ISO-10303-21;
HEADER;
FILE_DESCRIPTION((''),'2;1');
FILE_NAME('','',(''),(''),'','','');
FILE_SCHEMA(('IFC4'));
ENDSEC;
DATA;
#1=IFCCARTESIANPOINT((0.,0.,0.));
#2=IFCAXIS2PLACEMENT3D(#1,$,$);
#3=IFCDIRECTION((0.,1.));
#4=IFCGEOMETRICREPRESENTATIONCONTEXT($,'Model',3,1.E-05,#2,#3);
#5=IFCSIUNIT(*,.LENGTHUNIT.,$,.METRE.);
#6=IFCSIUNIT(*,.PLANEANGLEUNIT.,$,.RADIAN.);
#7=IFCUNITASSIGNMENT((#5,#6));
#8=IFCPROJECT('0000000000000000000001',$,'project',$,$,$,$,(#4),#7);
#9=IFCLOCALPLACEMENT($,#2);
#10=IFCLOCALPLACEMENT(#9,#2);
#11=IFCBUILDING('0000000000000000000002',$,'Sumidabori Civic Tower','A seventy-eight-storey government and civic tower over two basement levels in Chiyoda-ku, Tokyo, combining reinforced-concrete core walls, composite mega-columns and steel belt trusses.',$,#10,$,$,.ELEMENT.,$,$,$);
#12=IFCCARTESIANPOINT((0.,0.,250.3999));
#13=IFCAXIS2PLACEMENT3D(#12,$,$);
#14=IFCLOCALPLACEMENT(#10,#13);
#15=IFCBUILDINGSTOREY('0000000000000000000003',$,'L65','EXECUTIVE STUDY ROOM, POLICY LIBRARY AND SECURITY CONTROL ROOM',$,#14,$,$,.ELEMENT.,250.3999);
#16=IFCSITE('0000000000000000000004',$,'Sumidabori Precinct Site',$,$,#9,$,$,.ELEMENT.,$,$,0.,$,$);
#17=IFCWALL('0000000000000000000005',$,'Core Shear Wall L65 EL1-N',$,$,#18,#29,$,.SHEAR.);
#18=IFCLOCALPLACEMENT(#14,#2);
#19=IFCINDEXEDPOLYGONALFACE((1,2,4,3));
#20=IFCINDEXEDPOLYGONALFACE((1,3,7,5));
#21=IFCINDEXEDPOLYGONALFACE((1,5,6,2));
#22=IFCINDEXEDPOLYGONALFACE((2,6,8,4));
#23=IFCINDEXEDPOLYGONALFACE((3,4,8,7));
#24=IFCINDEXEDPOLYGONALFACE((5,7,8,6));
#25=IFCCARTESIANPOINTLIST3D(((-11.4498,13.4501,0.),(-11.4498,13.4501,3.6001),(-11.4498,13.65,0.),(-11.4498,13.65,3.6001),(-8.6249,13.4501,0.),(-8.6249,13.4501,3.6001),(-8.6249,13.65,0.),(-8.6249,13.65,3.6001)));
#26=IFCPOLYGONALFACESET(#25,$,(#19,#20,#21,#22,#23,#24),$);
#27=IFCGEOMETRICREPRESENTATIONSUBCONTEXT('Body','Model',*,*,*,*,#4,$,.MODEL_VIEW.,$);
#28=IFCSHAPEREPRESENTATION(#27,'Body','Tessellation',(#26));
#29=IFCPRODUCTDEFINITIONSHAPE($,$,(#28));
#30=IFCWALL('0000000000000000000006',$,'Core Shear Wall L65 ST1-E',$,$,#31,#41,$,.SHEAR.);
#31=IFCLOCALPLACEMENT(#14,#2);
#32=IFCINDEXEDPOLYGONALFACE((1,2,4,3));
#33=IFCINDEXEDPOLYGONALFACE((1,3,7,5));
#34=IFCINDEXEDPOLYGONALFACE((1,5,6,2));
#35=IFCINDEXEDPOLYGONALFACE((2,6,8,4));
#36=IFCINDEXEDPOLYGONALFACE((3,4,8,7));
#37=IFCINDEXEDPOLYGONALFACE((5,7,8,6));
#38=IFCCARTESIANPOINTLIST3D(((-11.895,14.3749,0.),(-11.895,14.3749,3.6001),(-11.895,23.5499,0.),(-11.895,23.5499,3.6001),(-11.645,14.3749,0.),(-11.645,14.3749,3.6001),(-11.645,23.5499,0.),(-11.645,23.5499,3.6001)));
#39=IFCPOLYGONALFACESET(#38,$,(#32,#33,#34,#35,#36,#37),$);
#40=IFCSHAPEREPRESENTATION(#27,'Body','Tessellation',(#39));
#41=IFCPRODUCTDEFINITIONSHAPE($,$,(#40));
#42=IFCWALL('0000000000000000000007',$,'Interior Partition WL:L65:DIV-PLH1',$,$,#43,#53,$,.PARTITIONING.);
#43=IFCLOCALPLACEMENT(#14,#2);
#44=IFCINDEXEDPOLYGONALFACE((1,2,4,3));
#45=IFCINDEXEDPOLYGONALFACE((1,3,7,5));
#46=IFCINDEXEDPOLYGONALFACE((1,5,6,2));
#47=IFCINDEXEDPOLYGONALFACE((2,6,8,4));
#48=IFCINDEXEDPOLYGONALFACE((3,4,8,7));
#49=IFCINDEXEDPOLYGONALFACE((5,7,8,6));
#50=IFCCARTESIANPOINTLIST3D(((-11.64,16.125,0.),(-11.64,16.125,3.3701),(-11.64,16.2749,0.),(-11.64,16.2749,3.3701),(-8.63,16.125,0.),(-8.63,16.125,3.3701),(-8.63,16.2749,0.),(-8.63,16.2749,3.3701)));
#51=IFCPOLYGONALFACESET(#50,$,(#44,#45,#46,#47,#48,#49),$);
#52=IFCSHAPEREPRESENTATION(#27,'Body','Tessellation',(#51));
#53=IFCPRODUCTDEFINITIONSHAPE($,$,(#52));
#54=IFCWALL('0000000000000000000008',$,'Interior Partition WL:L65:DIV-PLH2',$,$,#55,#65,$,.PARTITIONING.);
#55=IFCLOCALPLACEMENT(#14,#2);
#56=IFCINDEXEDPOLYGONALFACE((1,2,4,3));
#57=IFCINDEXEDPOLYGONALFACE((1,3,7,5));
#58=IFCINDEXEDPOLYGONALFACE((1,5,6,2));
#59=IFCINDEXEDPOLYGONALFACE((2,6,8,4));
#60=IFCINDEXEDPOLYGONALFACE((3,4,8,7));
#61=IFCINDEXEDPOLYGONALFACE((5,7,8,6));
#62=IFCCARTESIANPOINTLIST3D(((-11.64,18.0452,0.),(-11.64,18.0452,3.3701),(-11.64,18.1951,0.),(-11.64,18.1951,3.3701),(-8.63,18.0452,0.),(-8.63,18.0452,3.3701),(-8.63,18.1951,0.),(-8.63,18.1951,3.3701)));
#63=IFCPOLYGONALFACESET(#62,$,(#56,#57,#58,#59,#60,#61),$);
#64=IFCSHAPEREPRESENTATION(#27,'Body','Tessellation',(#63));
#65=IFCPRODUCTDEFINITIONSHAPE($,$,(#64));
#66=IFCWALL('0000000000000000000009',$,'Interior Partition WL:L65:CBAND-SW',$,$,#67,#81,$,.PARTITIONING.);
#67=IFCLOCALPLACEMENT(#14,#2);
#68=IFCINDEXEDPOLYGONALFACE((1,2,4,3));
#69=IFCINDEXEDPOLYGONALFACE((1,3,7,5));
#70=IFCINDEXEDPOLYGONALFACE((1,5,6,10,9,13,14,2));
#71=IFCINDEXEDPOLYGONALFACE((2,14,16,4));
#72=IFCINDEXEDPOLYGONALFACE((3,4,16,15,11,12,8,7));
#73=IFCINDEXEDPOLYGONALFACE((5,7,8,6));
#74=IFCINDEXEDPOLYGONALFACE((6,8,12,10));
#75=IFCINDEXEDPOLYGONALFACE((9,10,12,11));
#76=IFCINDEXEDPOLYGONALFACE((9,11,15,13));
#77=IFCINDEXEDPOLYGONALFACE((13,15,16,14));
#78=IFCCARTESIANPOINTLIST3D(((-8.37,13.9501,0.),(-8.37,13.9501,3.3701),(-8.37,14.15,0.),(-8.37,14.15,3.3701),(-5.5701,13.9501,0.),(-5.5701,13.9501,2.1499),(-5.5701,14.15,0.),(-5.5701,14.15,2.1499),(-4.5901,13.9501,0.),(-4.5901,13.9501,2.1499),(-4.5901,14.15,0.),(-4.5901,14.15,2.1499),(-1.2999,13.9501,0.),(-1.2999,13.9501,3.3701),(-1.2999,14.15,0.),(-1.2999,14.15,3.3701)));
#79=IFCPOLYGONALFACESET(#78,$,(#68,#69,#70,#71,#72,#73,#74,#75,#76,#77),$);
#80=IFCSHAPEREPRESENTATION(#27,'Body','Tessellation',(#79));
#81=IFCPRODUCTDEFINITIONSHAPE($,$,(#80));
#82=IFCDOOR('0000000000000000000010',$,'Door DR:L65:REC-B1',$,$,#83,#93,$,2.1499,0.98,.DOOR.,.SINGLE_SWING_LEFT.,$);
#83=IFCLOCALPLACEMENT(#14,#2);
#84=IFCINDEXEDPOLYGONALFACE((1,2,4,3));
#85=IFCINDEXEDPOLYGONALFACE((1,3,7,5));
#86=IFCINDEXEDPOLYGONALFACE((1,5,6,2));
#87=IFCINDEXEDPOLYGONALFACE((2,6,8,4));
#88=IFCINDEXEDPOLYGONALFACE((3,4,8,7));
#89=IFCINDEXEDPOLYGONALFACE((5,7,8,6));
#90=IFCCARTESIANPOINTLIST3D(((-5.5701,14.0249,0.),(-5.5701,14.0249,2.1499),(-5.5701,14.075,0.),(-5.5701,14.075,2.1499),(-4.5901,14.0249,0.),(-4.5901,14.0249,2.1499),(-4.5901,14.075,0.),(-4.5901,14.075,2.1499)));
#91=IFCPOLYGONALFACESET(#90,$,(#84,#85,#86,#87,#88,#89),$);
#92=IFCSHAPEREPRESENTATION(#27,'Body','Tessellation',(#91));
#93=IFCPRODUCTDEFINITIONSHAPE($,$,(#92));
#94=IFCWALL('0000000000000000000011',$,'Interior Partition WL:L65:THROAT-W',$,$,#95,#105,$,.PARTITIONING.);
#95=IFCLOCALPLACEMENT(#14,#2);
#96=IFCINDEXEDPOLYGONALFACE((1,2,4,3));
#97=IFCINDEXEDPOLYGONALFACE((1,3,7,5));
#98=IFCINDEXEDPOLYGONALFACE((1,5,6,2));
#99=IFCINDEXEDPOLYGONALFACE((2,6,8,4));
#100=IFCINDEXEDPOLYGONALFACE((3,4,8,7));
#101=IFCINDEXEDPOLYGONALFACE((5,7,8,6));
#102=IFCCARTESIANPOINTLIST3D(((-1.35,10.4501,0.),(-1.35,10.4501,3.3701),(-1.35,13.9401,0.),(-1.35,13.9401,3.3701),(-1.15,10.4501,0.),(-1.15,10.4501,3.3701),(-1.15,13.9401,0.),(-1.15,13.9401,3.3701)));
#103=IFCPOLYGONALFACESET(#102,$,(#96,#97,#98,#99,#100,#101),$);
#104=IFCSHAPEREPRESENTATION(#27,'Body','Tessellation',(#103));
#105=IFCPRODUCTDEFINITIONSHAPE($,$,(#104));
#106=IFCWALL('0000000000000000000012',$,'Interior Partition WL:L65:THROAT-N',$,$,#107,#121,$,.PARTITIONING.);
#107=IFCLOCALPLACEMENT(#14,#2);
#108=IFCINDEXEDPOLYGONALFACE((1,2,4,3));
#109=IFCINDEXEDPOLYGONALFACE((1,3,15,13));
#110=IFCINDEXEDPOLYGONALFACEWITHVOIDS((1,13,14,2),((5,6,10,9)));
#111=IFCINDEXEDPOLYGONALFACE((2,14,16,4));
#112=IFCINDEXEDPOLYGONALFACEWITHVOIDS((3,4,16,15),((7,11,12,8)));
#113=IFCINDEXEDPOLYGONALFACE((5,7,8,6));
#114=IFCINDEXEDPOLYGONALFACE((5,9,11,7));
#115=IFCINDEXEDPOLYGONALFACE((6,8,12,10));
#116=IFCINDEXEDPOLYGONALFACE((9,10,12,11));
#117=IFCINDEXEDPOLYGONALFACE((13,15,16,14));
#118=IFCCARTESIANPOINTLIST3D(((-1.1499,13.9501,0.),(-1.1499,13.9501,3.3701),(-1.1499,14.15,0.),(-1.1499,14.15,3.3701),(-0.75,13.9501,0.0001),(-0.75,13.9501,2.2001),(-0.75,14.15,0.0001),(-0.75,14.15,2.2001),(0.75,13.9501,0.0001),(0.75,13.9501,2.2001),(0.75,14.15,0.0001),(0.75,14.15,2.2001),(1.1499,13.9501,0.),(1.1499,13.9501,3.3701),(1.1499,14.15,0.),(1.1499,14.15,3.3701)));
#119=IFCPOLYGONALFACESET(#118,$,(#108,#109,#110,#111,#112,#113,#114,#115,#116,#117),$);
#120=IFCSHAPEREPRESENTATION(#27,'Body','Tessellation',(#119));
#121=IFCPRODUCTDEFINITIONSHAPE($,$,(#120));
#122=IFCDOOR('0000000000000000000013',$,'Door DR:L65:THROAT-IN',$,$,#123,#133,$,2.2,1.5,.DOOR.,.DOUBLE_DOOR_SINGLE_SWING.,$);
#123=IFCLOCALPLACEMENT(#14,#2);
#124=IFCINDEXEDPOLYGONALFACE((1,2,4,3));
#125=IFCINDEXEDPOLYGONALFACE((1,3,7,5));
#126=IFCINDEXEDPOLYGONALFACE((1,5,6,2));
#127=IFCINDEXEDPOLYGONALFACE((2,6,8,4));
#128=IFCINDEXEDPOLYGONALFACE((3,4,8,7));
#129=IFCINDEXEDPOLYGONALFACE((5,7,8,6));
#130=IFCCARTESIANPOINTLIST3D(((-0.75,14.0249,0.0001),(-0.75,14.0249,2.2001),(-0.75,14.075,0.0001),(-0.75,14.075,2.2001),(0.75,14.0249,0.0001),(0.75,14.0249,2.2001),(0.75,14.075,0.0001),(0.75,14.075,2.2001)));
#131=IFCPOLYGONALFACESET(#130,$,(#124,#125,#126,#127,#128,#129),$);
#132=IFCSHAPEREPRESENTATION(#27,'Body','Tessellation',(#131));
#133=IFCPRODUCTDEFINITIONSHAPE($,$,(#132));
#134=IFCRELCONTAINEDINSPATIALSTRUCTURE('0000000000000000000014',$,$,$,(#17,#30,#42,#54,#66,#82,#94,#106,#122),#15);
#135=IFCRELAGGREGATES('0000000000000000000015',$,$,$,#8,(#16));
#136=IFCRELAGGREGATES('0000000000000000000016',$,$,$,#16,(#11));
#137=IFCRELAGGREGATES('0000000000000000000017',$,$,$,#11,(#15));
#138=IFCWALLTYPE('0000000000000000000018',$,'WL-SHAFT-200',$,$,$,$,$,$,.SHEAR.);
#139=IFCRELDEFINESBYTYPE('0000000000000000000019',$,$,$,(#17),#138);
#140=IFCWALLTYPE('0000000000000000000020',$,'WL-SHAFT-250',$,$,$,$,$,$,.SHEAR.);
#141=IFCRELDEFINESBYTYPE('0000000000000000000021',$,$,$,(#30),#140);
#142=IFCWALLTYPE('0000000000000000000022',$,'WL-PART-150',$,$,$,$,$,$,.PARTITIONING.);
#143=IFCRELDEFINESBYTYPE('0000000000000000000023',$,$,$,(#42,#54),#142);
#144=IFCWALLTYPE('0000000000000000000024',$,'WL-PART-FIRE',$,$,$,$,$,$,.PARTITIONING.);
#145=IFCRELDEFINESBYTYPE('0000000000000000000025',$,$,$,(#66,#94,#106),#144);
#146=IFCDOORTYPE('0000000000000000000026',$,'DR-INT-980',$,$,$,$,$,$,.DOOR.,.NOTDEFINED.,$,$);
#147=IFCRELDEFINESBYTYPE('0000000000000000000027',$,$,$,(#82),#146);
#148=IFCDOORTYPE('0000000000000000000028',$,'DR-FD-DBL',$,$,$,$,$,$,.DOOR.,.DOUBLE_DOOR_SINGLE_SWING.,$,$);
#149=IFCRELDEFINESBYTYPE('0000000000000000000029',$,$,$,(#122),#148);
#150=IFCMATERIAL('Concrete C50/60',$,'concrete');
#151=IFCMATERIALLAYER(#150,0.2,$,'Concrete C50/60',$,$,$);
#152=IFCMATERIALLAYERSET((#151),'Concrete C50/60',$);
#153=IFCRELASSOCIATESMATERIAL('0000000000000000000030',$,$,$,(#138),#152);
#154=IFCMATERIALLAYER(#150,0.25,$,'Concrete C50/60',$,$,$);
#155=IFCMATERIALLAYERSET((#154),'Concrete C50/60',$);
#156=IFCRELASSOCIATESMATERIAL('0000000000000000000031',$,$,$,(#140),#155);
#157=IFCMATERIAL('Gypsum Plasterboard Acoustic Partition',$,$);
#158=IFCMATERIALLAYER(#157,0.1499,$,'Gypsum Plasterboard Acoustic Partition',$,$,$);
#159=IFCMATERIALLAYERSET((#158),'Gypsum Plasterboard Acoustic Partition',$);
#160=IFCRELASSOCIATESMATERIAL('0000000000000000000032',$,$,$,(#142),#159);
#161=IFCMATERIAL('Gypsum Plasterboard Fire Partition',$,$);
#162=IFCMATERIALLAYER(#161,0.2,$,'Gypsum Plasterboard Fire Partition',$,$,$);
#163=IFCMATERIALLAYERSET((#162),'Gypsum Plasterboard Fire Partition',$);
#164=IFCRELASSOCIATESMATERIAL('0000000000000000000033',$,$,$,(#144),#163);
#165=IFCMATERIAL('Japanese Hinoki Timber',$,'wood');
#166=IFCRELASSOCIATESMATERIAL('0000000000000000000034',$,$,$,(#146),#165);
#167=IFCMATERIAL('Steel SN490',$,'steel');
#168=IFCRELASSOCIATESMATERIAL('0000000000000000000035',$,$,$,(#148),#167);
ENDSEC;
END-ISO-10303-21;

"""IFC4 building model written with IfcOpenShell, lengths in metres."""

from ifc_helpers import new_model, si_unit, direction, frame, frame_2d, origin, place, context, subcontext, project, spatial, rectangle, extrude, source, transform, mapped, material, layer, layer_set, type_object, element, fill, save


model = new_model("IFC4")

# Units and contexts
model_context = context("Model", 3, precision=1e-05, world=origin(), true_north=direction((0.0, 1.0)))
body_context = subcontext(model_context, "Body", "Model", "MODEL_VIEW")
ifc_project = project(units=[si_unit("LENGTHUNIT", "METRE"), si_unit("PLANEANGLEUNIT", "RADIAN")], contexts=[model_context])

# Site, building, storey
site_placement = place(None, origin())
site = spatial("IfcSite", under=ifc_project, at=site_placement, Name="Sumidabori Precinct Site", CompositionType="ELEMENT", RefElevation=0.0)
building_placement = place(site_placement, origin())
building = spatial("IfcBuilding", under=site, at=building_placement, Name="Sumidabori Civic Tower", Description="A seventy-eight-storey government and civic tower over two basement levels in Chiyoda-ku, Tokyo, combining reinforced-concrete core walls, composite mega-columns and steel belt trusses.", CompositionType="ELEMENT")
storey_placement = place(building_placement, frame((0.0, 0.0, 250.3999)))
storey = spatial("IfcBuildingStorey", under=building, at=storey_placement, Name="L65", Description="EXECUTIVE STUDY ROOM, POLICY LIBRARY AND SECURITY CONTROL ROOM", CompositionType="ELEMENT", Elevation=250.3999)

# Wall
ifc_material_1 = material(Name="Concrete C50/60", Category="concrete")
ifc_layer_1 = layer(ifc_material_1, 0.2, Name="Concrete C50/60")
ifc_layer_set_1 = layer_set([ifc_layer_1], Name="Concrete C50/60")
wall_type_1 = type_object("IfcWallType", Name="WL-SHAFT-200", PredefinedType="SHEAR", material=ifc_layer_set_1)
shared_shape_1 = source(origin(), body_context, "Body", "SweptSolid", [
    extrude(rectangle(XDim=2.825, YDim=0.2, at=frame_2d((1.4126, 0.0))), origin(), (0.0, 0.0, 1.0), 3.6001),
])
wall_1_placement = place(storey_placement, frame((-11.45, 13.55, 0.0), z_axis=(0.0, 0.0, 1.0), x_axis=(1.0, 0.0, 0.0)))
element("IfcWall", 1, at=wall_1_placement, inside=storey, type_object=wall_type_1, Name="Core Shear Wall L65 EL1-N", PredefinedType="SHEAR", context=body_context, shape_type="MappedRepresentation", body=[
    mapped(shared_shape_1, transform((0.0, 0.0, 0.0), x_axis=(1.0, 0.0, 0.0), y_axis=(0.0, 1.0, 0.0), z_axis=(0.0, 0.0, 1.0), scale=1.0)),
])

# Shared definitions
ifc_layer_2 = layer(ifc_material_1, 0.25, Name="Concrete C50/60")
ifc_layer_set_2 = layer_set([ifc_layer_2], Name="Concrete C50/60")
wall_type_2 = type_object("IfcWallType", Name="WL-SHAFT-250", PredefinedType="SHEAR", material=ifc_layer_set_2)

# Wall
shared_shape_2 = source(origin(), body_context, "Body", "SweptSolid", [
    extrude(rectangle(XDim=9.175, YDim=0.25, at=frame_2d((4.5874, 0.0))), origin(), (0.0, 0.0, 1.0), 3.6001),
])
wall_2_placement = place(storey_placement, frame((-11.77, 14.375, 0.0), z_axis=(0.0, 0.0, 1.0), x_axis=(0.0, 1.0, 0.0)))
element("IfcWall", 2, at=wall_2_placement, inside=storey, type_object=wall_type_2, Name="Core Shear Wall L65 ST1-E", PredefinedType="SHEAR", context=body_context, shape_type="MappedRepresentation", body=[
    mapped(shared_shape_2, transform((0.0, 0.0, 0.0), x_axis=(1.0, 0.0, 0.0), y_axis=(0.0, 1.0, 0.0), z_axis=(0.0, 0.0, 1.0), scale=1.0)),
])

# Walls
ifc_material_2 = material(Name="Gypsum Plasterboard Acoustic Partition")
ifc_layer_3 = layer(ifc_material_2, 0.1499, Name="Gypsum Plasterboard Acoustic Partition")
ifc_layer_set_3 = layer_set([ifc_layer_3], Name="Gypsum Plasterboard Acoustic Partition")
wall_type_3 = type_object("IfcWallType", Name="WL-PART-150", PredefinedType="PARTITIONING", material=ifc_layer_set_3)
shared_shape_3 = source(origin(), body_context, "Body", "SweptSolid", [
    extrude(rectangle(XDim=3.01, YDim=0.1499, at=frame_2d((1.5049, 0.0))), origin(), (0.0, 0.0, 1.0), 3.3701),
])
for number, where, z_axis, x_axis, name in (
    (3, (-11.6399, 16.2, 0.0), (0.0, 0.0, 1.0), (1.0, 0.0, 0.0), "Interior Partition WL:L65:DIV-PLH1"),
    (4, (-11.6399, 18.1201, 0.0), (0.0, 0.0, 1.0), (1.0, 0.0, 0.0), "Interior Partition WL:L65:DIV-PLH2"),
):
    element("IfcWall", number, at=place(storey_placement, frame(where, z_axis=z_axis, x_axis=x_axis)), inside=storey, type_object=wall_type_3, Name=name, PredefinedType="PARTITIONING", context=body_context, shape_type="MappedRepresentation", body=[
        mapped(shared_shape_3, transform((0.0, 0.0, 0.0), x_axis=(1.0, 0.0, 0.0), y_axis=(0.0, 1.0, 0.0), z_axis=(0.0, 0.0, 1.0), scale=1.0)),
    ])

# Wall, opening, door
ifc_material_3 = material(Name="Gypsum Plasterboard Fire Partition")
ifc_layer_4 = layer(ifc_material_3, 0.2, Name="Gypsum Plasterboard Fire Partition")
ifc_layer_set_4 = layer_set([ifc_layer_4], Name="Gypsum Plasterboard Fire Partition")
wall_type_4 = type_object("IfcWallType", Name="WL-PART-FIRE", PredefinedType="PARTITIONING", material=ifc_layer_set_4)
shared_shape_4 = source(origin(), body_context, "Body", "SweptSolid", [
    extrude(rectangle(XDim=7.0701, YDim=0.2, at=frame_2d((3.5352, 0.0))), origin(), (0.0, 0.0, 1.0), 3.3701),
])
wall_3_placement = place(storey_placement, frame((-8.3701, 14.05, 0.0), z_axis=(0.0, 0.0, 1.0), x_axis=(1.0, 0.0, 0.0)))
wall_3 = element("IfcWall", 5, at=wall_3_placement, inside=storey, type_object=wall_type_4, Name="Interior Partition WL:L65:CBAND-SW", PredefinedType="PARTITIONING", context=body_context, shape_type="MappedRepresentation", body=[
    mapped(shared_shape_4, transform((0.0, 0.0, 0.0), x_axis=(1.0, 0.0, 0.0), y_axis=(0.0, 1.0, 0.0), z_axis=(0.0, 0.0, 1.0), scale=1.0)),
])
opening_1_placement = place(wall_3_placement, frame((2.8, 0.0, 0.0)))
opening_1 = element("IfcOpeningElement", 6, at=opening_1_placement, cuts=wall_3, PredefinedType="OPENING", context=body_context, shape_type="SweptSolid", body=[
    extrude(rectangle(XDim=0.98, YDim=2.1499, at=frame_2d((0.49, 1.075))), frame((0.0, 0.1118, 0.0), z_axis=(0.0, -1.0, 0.0), x_axis=(1.0, 0.0, 0.0)), (0.0, 0.0, 1.0), 0.2239),
])
ifc_material_4 = material(Name="Japanese Hinoki Timber", Category="wood")
door_type_1 = type_object("IfcDoorType", Name="DR-INT-980", OperationType="NOTDEFINED", PredefinedType="DOOR", material=ifc_material_4)
shared_shape_5 = source(origin(), body_context, "Body", "SweptSolid", [
    extrude(rectangle(XDim=0.98, YDim=2.1499, at=frame_2d((0.49, 1.075))), frame((0.0, 0.0249, 0.0), z_axis=(0.0, -1.0, 0.0), x_axis=(1.0, 0.0, 0.0)), (0.0, 0.0, 1.0), 0.05),
])
door_1_placement = place(opening_1_placement, origin())
door_1 = element("IfcDoor", 7, at=door_1_placement, inside=storey, type_object=door_type_1, Name="Door DR:L65:REC-B1", OperationType="SINGLE_SWING_LEFT", OverallHeight=2.1499, OverallWidth=0.98, PredefinedType="DOOR", context=body_context, shape_type="MappedRepresentation", body=[
    mapped(shared_shape_5, transform((0.0, 0.0, 0.0), x_axis=(1.0, 0.0, 0.0), y_axis=(0.0, 1.0, 0.0), z_axis=(0.0, 0.0, 1.0), scale=1.0)),
])
fill(opening_1, door_1)

# Wall
shared_shape_6 = source(origin(), body_context, "Body", "SweptSolid", [
    extrude(rectangle(XDim=3.49, YDim=0.2, at=frame_2d((1.7451, 0.0))), origin(), (0.0, 0.0, 1.0), 3.3701),
])
wall_4_placement = place(storey_placement, frame((-1.25, 10.45, 0.0), z_axis=(0.0, 0.0, 1.0), x_axis=(0.0, 1.0, 0.0)))
element("IfcWall", 8, at=wall_4_placement, inside=storey, type_object=wall_type_4, Name="Interior Partition WL:L65:THROAT-W", PredefinedType="PARTITIONING", context=body_context, shape_type="MappedRepresentation", body=[
    mapped(shared_shape_6, transform((0.0, 0.0, 0.0), x_axis=(1.0, 0.0, 0.0), y_axis=(0.0, 1.0, 0.0), z_axis=(0.0, 0.0, 1.0), scale=1.0)),
])

# Wall, opening, door
shared_shape_7 = source(origin(), body_context, "Body", "SweptSolid", [
    extrude(rectangle(XDim=2.2998, YDim=0.2, at=frame_2d((1.1499, 0.0))), origin(), (0.0, 0.0, 1.0), 3.3701),
])
wall_5_placement = place(storey_placement, frame((-1.1499, 14.05, 0.0), z_axis=(0.0, 0.0, 1.0), x_axis=(1.0, 0.0, 0.0)))
wall_5 = element("IfcWall", 9, at=wall_5_placement, inside=storey, type_object=wall_type_4, Name="Interior Partition WL:L65:THROAT-N", PredefinedType="PARTITIONING", context=body_context, shape_type="MappedRepresentation", body=[
    mapped(shared_shape_7, transform((0.0, 0.0, 0.0), x_axis=(1.0, 0.0, 0.0), y_axis=(0.0, 1.0, 0.0), z_axis=(0.0, 0.0, 1.0), scale=1.0)),
])
opening_2_placement = place(wall_5_placement, frame((0.3999, 0.0, 0.0)))
opening_2 = element("IfcOpeningElement", 10, at=opening_2_placement, cuts=wall_5, PredefinedType="OPENING", context=body_context, shape_type="SweptSolid", body=[
    extrude(rectangle(XDim=1.5, YDim=2.2, at=frame_2d((0.75, 1.1001))), frame((0.0, 0.1118, 0.0), z_axis=(0.0, -1.0, 0.0), x_axis=(1.0, 0.0, 0.0)), (0.0, 0.0, 1.0), 0.2239),
])
ifc_material_5 = material(Name="Steel SN490", Category="steel")
door_type_2 = type_object("IfcDoorType", Name="DR-FD-DBL", OperationType="DOUBLE_DOOR_SINGLE_SWING", PredefinedType="DOOR", material=ifc_material_5)
shared_shape_8 = source(origin(), body_context, "Body", "SweptSolid", [
    extrude(rectangle(XDim=1.5, YDim=2.2, at=frame_2d((0.75, 1.1001))), frame((0.0, 0.0249, 0.0), z_axis=(0.0, -1.0, 0.0), x_axis=(1.0, 0.0, 0.0)), (0.0, 0.0, 1.0), 0.05),
])
door_2_placement = place(opening_2_placement, origin())
door_2 = element("IfcDoor", 11, at=door_2_placement, inside=storey, type_object=door_type_2, Name="Door DR:L65:THROAT-IN", OperationType="DOUBLE_DOOR_SINGLE_SWING", OverallHeight=2.2, OverallWidth=1.5, PredefinedType="DOOR", context=body_context, shape_type="MappedRepresentation", body=[
    mapped(shared_shape_8, transform((0.0, 0.0, 0.0), x_axis=(1.0, 0.0, 0.0), y_axis=(0.0, 1.0, 0.0), z_axis=(0.0, 0.0, 1.0), scale=1.0)),
])
fill(opening_2, door_2)

save(model, "model.ifc")
